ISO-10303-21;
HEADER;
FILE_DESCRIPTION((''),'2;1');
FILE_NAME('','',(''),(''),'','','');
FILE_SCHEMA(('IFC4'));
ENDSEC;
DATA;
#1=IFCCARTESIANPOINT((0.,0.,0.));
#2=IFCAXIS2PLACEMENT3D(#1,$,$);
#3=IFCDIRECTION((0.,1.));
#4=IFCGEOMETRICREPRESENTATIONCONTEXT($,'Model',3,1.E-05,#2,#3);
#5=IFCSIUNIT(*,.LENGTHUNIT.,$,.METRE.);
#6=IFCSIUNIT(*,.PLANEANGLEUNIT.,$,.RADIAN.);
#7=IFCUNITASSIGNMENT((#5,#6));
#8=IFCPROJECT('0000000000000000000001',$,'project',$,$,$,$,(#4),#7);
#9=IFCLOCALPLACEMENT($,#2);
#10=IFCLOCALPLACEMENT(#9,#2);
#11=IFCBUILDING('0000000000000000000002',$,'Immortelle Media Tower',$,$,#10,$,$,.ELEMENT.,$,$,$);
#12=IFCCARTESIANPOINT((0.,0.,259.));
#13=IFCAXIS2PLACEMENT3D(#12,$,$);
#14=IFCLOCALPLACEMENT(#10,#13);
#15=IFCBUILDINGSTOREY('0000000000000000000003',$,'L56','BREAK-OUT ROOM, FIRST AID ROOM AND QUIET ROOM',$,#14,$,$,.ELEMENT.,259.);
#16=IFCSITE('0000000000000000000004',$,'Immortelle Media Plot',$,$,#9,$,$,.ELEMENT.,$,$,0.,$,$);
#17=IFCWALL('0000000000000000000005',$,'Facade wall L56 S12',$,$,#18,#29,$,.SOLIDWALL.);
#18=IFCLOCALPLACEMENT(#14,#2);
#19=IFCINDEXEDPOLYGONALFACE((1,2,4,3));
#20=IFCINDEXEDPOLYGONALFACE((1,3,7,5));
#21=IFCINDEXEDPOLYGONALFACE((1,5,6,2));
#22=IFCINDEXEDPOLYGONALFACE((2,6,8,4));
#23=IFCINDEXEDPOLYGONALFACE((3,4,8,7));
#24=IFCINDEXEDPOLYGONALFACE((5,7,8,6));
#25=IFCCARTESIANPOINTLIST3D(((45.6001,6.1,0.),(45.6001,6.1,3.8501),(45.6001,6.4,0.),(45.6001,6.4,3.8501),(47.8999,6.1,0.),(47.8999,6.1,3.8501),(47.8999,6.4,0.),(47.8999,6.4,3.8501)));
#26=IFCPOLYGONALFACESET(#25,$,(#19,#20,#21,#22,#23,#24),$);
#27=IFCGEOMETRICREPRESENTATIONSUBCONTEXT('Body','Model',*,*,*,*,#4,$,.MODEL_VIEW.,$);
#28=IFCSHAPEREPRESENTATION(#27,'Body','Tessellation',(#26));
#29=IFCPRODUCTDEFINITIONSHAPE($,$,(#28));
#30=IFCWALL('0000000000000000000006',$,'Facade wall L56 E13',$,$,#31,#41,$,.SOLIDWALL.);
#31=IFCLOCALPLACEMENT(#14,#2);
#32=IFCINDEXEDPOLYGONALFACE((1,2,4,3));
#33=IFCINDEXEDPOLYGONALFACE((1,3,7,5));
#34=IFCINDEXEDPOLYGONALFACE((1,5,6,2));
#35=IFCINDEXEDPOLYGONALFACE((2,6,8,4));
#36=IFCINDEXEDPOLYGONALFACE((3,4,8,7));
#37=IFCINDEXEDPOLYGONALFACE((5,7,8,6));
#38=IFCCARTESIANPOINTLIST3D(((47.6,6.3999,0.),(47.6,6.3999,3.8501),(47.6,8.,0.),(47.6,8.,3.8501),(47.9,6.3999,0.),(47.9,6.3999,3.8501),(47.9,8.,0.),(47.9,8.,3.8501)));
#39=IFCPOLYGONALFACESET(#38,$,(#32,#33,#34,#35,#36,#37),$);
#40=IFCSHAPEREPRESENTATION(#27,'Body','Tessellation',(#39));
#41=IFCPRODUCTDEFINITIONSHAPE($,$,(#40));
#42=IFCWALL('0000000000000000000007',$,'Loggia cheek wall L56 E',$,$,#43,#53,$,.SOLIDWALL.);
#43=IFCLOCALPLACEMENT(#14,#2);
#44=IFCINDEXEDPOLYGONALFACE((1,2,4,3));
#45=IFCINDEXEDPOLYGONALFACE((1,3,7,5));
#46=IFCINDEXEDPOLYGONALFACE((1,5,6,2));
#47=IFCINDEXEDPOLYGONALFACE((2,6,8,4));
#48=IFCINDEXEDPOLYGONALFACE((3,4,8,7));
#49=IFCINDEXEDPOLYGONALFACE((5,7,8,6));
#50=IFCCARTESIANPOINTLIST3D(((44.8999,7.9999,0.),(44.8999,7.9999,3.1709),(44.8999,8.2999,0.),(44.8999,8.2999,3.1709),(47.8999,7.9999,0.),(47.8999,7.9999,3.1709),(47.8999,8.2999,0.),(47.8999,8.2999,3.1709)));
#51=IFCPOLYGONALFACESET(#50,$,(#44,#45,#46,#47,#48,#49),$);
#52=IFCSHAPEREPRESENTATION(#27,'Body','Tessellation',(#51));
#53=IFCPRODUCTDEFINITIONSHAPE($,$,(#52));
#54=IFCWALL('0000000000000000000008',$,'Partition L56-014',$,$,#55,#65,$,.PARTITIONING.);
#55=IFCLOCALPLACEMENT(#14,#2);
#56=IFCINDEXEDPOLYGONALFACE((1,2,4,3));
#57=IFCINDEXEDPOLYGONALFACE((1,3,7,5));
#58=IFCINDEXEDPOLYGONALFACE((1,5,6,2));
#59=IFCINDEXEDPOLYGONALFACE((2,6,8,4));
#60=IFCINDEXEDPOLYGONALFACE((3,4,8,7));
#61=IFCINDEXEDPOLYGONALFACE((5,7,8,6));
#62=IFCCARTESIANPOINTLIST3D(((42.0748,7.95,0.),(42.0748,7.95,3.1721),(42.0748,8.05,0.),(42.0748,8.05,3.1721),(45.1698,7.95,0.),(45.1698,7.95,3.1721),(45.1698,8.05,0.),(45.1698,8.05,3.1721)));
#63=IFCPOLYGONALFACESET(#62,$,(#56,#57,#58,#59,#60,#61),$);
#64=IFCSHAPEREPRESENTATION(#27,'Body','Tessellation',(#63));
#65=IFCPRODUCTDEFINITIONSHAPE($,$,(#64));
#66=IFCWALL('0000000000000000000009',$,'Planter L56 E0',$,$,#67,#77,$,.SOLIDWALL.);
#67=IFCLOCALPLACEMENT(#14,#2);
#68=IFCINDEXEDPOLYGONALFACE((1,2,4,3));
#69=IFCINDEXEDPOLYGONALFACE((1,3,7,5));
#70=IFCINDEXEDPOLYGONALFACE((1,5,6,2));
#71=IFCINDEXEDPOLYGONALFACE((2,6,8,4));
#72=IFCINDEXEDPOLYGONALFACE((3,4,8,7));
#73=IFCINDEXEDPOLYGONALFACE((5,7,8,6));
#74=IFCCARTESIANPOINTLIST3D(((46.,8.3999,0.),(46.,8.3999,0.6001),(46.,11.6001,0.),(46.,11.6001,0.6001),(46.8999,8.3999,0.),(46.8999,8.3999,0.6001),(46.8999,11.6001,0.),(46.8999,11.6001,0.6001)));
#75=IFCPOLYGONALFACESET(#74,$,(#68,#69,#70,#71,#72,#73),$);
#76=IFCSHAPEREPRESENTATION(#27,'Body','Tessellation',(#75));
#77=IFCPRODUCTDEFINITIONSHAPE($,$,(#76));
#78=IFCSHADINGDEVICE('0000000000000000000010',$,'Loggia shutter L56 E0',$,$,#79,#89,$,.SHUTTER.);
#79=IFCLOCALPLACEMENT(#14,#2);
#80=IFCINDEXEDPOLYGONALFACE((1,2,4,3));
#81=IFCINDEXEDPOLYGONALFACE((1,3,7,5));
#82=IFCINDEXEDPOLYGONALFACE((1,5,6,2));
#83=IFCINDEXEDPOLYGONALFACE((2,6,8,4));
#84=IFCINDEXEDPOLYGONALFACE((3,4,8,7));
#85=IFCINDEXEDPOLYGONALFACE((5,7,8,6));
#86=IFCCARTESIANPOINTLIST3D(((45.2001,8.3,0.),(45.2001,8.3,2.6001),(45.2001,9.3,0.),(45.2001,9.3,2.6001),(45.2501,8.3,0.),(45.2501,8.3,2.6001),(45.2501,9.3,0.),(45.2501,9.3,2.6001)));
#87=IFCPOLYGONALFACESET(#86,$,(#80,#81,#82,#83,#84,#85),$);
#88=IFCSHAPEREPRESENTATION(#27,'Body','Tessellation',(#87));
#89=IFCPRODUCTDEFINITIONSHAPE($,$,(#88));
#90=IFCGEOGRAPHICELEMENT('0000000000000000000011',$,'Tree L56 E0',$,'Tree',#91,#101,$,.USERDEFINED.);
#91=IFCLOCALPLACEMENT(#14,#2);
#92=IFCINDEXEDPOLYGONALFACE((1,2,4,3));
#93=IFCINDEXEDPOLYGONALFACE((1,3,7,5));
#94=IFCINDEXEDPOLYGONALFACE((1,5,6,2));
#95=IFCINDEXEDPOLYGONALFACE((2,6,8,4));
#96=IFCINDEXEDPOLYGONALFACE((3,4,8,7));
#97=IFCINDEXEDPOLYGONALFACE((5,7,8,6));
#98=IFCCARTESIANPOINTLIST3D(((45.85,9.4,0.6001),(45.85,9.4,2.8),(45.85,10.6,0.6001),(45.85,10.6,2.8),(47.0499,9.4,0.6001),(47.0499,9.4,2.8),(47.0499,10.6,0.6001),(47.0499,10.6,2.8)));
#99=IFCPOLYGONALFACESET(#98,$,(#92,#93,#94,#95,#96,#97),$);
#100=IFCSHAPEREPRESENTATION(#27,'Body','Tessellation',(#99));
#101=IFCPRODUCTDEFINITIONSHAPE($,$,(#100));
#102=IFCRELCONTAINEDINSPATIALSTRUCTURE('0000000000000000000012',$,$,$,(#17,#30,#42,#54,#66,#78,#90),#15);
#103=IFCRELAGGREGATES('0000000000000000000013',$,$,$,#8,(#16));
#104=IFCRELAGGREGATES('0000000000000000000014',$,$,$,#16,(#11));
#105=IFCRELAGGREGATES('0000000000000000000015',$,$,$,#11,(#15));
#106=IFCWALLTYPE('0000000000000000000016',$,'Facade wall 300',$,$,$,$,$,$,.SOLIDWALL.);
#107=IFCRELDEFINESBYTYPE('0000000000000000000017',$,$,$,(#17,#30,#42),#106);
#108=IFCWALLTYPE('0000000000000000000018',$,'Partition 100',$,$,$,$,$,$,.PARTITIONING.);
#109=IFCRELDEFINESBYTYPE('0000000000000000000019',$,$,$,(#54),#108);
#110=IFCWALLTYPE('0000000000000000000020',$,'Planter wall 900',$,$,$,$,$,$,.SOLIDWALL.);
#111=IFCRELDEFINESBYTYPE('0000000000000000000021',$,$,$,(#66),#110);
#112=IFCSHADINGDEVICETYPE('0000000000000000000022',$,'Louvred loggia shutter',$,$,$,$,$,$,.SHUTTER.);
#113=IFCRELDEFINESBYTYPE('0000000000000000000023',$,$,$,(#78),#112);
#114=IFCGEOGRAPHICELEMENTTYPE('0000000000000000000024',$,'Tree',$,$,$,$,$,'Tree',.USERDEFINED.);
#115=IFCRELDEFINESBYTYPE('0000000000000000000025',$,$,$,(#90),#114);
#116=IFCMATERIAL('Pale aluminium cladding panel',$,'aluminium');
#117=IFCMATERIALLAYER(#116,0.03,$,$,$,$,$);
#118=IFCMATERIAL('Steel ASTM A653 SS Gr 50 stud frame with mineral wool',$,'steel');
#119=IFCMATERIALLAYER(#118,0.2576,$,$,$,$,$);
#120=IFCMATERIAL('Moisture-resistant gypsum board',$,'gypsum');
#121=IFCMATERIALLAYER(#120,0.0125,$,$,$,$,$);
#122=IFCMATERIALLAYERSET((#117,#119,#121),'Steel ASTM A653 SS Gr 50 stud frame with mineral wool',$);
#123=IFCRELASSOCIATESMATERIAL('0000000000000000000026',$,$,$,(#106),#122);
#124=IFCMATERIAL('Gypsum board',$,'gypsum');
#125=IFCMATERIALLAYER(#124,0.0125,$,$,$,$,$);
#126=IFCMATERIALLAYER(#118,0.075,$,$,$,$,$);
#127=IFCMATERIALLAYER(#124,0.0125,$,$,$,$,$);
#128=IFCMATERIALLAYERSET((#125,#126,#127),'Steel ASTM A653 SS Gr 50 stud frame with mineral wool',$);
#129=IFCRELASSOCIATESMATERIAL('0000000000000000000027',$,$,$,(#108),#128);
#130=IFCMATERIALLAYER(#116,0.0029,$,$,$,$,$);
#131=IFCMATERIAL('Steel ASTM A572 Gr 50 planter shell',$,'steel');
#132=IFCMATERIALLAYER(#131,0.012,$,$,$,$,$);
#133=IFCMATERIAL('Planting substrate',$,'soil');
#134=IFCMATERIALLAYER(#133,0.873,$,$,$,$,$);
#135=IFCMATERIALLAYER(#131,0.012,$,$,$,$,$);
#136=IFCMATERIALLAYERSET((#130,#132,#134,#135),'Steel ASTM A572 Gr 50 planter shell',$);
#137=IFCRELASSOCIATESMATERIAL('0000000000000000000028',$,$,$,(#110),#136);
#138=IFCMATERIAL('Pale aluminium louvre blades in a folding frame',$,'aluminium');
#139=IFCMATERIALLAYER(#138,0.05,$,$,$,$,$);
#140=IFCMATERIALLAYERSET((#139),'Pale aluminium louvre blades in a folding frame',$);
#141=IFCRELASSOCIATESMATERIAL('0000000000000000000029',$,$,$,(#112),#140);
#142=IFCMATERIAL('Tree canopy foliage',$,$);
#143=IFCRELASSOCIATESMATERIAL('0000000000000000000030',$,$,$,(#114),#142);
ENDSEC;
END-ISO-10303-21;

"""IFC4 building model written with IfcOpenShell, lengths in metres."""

from ifc_helpers import new_model, si_unit, direction, frame, frame_2d, origin, origin_2d, place, context, subcontext, project, spatial, rectangle, extrude, material, layer, layer_set, type_object, element, save


model = new_model("IFC4")

# Units and contexts
model_context = context("Model", 3, precision=1e-05, world=origin(), true_north=direction((0.0, 1.0)))
body_context = subcontext(model_context, "Body", "Model", "MODEL_VIEW")
ifc_project = project(units=[si_unit("LENGTHUNIT", "METRE"), si_unit("PLANEANGLEUNIT", "RADIAN")], contexts=[model_context])

# Site, building, storey
site_placement = place(None, origin())
site = spatial("IfcSite", under=ifc_project, at=site_placement, Name="Immortelle Media Plot", CompositionType="ELEMENT", RefElevation=0.0)
building_placement = place(site_placement, origin())
building = spatial("IfcBuilding", under=site, at=building_placement, Name="Immortelle Media Tower", CompositionType="ELEMENT")
storey_placement = place(building_placement, frame((0.0, 0.0, 259.0)))
storey = spatial("IfcBuildingStorey", under=building, at=storey_placement, Name="L56", Description="BREAK-OUT ROOM, FIRST AID ROOM AND QUIET ROOM", CompositionType="ELEMENT", Elevation=259.0)

# Walls
ifc_material_1 = material(Name="Pale aluminium cladding panel", Category="aluminium")
ifc_layer_1 = layer(ifc_material_1, 0.03)
ifc_material_2 = material(Name="Steel ASTM A653 SS Gr 50 stud frame with mineral wool", Category="steel")
ifc_layer_2 = layer(ifc_material_2, 0.2576)
ifc_material_3 = material(Name="Moisture-resistant gypsum board", Category="gypsum")
ifc_layer_3 = layer(ifc_material_3, 0.0125)
ifc_layer_set_1 = layer_set([ifc_layer_1, ifc_layer_2, ifc_layer_3], Name="Steel ASTM A653 SS Gr 50 stud frame with mineral wool")
wall_type_1 = type_object("IfcWallType", Name="Facade wall 300", PredefinedType="SOLIDWALL", material=ifc_layer_set_1)
wall_1_placement = place(storey_placement, frame((45.6001, 6.25, 0.0), z_axis=(0.0, 0.0, 1.0), x_axis=(1.0, 0.0, 0.0)))
element("IfcWall", 1, at=wall_1_placement, inside=storey, type_object=wall_type_1, Name="Facade wall L56 S12", PredefinedType="SOLIDWALL", context=body_context, shape_type="SweptSolid", body=[
    extrude(rectangle(XDim=2.2998, YDim=0.3, at=frame_2d((1.1499, 0.0))), origin(), (0.0, 0.0, 1.0), 3.8501),
])
wall_2_placement = place(storey_placement, frame((47.75, 6.3999, 0.0), z_axis=(0.0, 0.0, 1.0), x_axis=(0.0, 1.0, 0.0)))
element("IfcWall", 2, at=wall_2_placement, inside=storey, type_object=wall_type_1, Name="Facade wall L56 E13", PredefinedType="SOLIDWALL", context=body_context, shape_type="SweptSolid", body=[
    extrude(rectangle(XDim=1.6001, YDim=0.3, at=frame_2d((0.8, 0.0))), origin(), (0.0, 0.0, 1.0), 3.8501),
])

# Walls
wall_3_placement = place(storey_placement, frame((47.8999, 8.1499, 0.0), z_axis=(0.0, 0.0, 1.0), x_axis=(-1.0, 0.0, 0.0)))
element("IfcWall", 3, at=wall_3_placement, inside=storey, type_object=wall_type_1, Name="Loggia cheek wall L56 E", PredefinedType="SOLIDWALL", context=body_context, shape_type="SweptSolid", body=[
    extrude(rectangle(XDim=3.0, YDim=0.3, at=frame_2d((1.5, 0.0))), origin(), (0.0, 0.0, 1.0), 3.1709),
])
ifc_material_4 = material(Name="Gypsum board", Category="gypsum")
ifc_layer_4 = layer(ifc_material_4, 0.0125)
ifc_layer_5 = layer(ifc_material_2, 0.075)
ifc_layer_6 = layer(ifc_material_4, 0.0125)
ifc_layer_set_2 = layer_set([ifc_layer_4, ifc_layer_5, ifc_layer_6], Name="Steel ASTM A653 SS Gr 50 stud frame with mineral wool")
wall_type_2 = type_object("IfcWallType", Name="Partition 100", PredefinedType="PARTITIONING", material=ifc_layer_set_2)
wall_4_placement = place(storey_placement, frame((42.075, 8.0, 0.0), z_axis=(0.0, 0.0, 1.0), x_axis=(1.0, 0.0, 0.0)))
element("IfcWall", 4, at=wall_4_placement, inside=storey, type_object=wall_type_2, Name="Partition L56-014", PredefinedType="PARTITIONING", context=body_context, shape_type="SweptSolid", body=[
    extrude(rectangle(XDim=3.095, YDim=0.1001, at=frame_2d((1.5474, 0.0))), origin(), (0.0, 0.0, 1.0), 3.1721),
])
ifc_layer_7 = layer(ifc_material_1, 0.0029)
ifc_material_5 = material(Name="Steel ASTM A572 Gr 50 planter shell", Category="steel")
ifc_layer_8 = layer(ifc_material_5, 0.012)
ifc_material_6 = material(Name="Planting substrate", Category="soil")
ifc_layer_9 = layer(ifc_material_6, 0.873)
ifc_layer_10 = layer(ifc_material_5, 0.012)
ifc_layer_set_3 = layer_set([ifc_layer_7, ifc_layer_8, ifc_layer_9, ifc_layer_10], Name="Steel ASTM A572 Gr 50 planter shell")
wall_type_3 = type_object("IfcWallType", Name="Planter wall 900", PredefinedType="SOLIDWALL", material=ifc_layer_set_3)
wall_5_placement = place(storey_placement, frame((46.45, 8.3999, 0.0), z_axis=(0.0, 0.0, 1.0), x_axis=(0.0, 1.0, 0.0)))
element("IfcWall", 5, at=wall_5_placement, inside=storey, type_object=wall_type_3, Name="Planter L56 E0", PredefinedType="SOLIDWALL", context=body_context, shape_type="SweptSolid", body=[
    extrude(rectangle(XDim=3.2002, YDim=0.8999, at=frame_2d((1.6001, 0.0))), origin(), (0.0, 0.0, 1.0), 0.6001),
])

# Shading device
ifc_material_7 = material(Name="Pale aluminium louvre blades in a folding frame", Category="aluminium")
ifc_layer_11 = layer(ifc_material_7, 0.05)
ifc_layer_set_4 = layer_set([ifc_layer_11], Name="Pale aluminium louvre blades in a folding frame")
shading_device_type = type_object("IfcShadingDeviceType", Name="Louvred loggia shutter", PredefinedType="SHUTTER", material=ifc_layer_set_4)
shading_device_placement = place(storey_placement, frame((45.2251, 8.8, 0.0), z_axis=(0.0, 0.0, 1.0), x_axis=(0.0, 1.0, 0.0)))
element("IfcShadingDevice", 6, at=shading_device_placement, inside=storey, type_object=shading_device_type, Name="Loggia shutter L56 E0", PredefinedType="SHUTTER", context=body_context, shape_type="SweptSolid", body=[
    extrude(rectangle(XDim=1.0, YDim=0.05, at=origin_2d()), origin(), (0.0, 0.0, 1.0), 2.6001),
])

# Geographic element
ifc_material_8 = material(Name="Tree canopy foliage")
geographic_element_type = type_object("IfcGeographicElementType", Name="Tree", ElementType="Tree", PredefinedType="USERDEFINED", material=ifc_material_8)
geographic_element_placement = place(storey_placement, frame((46.45, 10.0, 0.6001), z_axis=(0.0, 0.0, 1.0), x_axis=(1.0, 0.0, 0.0)))
element("IfcGeographicElement", 7, at=geographic_element_placement, inside=storey, type_object=geographic_element_type, Name="Tree L56 E0", ObjectType="Tree", PredefinedType="USERDEFINED", context=body_context, shape_type="SweptSolid", body=[
    extrude(rectangle(XDim=1.2, YDim=1.2, at=origin_2d()), origin(), (0.0, 0.0, 1.0), 2.2),
])

save(model, "model.ifc")
